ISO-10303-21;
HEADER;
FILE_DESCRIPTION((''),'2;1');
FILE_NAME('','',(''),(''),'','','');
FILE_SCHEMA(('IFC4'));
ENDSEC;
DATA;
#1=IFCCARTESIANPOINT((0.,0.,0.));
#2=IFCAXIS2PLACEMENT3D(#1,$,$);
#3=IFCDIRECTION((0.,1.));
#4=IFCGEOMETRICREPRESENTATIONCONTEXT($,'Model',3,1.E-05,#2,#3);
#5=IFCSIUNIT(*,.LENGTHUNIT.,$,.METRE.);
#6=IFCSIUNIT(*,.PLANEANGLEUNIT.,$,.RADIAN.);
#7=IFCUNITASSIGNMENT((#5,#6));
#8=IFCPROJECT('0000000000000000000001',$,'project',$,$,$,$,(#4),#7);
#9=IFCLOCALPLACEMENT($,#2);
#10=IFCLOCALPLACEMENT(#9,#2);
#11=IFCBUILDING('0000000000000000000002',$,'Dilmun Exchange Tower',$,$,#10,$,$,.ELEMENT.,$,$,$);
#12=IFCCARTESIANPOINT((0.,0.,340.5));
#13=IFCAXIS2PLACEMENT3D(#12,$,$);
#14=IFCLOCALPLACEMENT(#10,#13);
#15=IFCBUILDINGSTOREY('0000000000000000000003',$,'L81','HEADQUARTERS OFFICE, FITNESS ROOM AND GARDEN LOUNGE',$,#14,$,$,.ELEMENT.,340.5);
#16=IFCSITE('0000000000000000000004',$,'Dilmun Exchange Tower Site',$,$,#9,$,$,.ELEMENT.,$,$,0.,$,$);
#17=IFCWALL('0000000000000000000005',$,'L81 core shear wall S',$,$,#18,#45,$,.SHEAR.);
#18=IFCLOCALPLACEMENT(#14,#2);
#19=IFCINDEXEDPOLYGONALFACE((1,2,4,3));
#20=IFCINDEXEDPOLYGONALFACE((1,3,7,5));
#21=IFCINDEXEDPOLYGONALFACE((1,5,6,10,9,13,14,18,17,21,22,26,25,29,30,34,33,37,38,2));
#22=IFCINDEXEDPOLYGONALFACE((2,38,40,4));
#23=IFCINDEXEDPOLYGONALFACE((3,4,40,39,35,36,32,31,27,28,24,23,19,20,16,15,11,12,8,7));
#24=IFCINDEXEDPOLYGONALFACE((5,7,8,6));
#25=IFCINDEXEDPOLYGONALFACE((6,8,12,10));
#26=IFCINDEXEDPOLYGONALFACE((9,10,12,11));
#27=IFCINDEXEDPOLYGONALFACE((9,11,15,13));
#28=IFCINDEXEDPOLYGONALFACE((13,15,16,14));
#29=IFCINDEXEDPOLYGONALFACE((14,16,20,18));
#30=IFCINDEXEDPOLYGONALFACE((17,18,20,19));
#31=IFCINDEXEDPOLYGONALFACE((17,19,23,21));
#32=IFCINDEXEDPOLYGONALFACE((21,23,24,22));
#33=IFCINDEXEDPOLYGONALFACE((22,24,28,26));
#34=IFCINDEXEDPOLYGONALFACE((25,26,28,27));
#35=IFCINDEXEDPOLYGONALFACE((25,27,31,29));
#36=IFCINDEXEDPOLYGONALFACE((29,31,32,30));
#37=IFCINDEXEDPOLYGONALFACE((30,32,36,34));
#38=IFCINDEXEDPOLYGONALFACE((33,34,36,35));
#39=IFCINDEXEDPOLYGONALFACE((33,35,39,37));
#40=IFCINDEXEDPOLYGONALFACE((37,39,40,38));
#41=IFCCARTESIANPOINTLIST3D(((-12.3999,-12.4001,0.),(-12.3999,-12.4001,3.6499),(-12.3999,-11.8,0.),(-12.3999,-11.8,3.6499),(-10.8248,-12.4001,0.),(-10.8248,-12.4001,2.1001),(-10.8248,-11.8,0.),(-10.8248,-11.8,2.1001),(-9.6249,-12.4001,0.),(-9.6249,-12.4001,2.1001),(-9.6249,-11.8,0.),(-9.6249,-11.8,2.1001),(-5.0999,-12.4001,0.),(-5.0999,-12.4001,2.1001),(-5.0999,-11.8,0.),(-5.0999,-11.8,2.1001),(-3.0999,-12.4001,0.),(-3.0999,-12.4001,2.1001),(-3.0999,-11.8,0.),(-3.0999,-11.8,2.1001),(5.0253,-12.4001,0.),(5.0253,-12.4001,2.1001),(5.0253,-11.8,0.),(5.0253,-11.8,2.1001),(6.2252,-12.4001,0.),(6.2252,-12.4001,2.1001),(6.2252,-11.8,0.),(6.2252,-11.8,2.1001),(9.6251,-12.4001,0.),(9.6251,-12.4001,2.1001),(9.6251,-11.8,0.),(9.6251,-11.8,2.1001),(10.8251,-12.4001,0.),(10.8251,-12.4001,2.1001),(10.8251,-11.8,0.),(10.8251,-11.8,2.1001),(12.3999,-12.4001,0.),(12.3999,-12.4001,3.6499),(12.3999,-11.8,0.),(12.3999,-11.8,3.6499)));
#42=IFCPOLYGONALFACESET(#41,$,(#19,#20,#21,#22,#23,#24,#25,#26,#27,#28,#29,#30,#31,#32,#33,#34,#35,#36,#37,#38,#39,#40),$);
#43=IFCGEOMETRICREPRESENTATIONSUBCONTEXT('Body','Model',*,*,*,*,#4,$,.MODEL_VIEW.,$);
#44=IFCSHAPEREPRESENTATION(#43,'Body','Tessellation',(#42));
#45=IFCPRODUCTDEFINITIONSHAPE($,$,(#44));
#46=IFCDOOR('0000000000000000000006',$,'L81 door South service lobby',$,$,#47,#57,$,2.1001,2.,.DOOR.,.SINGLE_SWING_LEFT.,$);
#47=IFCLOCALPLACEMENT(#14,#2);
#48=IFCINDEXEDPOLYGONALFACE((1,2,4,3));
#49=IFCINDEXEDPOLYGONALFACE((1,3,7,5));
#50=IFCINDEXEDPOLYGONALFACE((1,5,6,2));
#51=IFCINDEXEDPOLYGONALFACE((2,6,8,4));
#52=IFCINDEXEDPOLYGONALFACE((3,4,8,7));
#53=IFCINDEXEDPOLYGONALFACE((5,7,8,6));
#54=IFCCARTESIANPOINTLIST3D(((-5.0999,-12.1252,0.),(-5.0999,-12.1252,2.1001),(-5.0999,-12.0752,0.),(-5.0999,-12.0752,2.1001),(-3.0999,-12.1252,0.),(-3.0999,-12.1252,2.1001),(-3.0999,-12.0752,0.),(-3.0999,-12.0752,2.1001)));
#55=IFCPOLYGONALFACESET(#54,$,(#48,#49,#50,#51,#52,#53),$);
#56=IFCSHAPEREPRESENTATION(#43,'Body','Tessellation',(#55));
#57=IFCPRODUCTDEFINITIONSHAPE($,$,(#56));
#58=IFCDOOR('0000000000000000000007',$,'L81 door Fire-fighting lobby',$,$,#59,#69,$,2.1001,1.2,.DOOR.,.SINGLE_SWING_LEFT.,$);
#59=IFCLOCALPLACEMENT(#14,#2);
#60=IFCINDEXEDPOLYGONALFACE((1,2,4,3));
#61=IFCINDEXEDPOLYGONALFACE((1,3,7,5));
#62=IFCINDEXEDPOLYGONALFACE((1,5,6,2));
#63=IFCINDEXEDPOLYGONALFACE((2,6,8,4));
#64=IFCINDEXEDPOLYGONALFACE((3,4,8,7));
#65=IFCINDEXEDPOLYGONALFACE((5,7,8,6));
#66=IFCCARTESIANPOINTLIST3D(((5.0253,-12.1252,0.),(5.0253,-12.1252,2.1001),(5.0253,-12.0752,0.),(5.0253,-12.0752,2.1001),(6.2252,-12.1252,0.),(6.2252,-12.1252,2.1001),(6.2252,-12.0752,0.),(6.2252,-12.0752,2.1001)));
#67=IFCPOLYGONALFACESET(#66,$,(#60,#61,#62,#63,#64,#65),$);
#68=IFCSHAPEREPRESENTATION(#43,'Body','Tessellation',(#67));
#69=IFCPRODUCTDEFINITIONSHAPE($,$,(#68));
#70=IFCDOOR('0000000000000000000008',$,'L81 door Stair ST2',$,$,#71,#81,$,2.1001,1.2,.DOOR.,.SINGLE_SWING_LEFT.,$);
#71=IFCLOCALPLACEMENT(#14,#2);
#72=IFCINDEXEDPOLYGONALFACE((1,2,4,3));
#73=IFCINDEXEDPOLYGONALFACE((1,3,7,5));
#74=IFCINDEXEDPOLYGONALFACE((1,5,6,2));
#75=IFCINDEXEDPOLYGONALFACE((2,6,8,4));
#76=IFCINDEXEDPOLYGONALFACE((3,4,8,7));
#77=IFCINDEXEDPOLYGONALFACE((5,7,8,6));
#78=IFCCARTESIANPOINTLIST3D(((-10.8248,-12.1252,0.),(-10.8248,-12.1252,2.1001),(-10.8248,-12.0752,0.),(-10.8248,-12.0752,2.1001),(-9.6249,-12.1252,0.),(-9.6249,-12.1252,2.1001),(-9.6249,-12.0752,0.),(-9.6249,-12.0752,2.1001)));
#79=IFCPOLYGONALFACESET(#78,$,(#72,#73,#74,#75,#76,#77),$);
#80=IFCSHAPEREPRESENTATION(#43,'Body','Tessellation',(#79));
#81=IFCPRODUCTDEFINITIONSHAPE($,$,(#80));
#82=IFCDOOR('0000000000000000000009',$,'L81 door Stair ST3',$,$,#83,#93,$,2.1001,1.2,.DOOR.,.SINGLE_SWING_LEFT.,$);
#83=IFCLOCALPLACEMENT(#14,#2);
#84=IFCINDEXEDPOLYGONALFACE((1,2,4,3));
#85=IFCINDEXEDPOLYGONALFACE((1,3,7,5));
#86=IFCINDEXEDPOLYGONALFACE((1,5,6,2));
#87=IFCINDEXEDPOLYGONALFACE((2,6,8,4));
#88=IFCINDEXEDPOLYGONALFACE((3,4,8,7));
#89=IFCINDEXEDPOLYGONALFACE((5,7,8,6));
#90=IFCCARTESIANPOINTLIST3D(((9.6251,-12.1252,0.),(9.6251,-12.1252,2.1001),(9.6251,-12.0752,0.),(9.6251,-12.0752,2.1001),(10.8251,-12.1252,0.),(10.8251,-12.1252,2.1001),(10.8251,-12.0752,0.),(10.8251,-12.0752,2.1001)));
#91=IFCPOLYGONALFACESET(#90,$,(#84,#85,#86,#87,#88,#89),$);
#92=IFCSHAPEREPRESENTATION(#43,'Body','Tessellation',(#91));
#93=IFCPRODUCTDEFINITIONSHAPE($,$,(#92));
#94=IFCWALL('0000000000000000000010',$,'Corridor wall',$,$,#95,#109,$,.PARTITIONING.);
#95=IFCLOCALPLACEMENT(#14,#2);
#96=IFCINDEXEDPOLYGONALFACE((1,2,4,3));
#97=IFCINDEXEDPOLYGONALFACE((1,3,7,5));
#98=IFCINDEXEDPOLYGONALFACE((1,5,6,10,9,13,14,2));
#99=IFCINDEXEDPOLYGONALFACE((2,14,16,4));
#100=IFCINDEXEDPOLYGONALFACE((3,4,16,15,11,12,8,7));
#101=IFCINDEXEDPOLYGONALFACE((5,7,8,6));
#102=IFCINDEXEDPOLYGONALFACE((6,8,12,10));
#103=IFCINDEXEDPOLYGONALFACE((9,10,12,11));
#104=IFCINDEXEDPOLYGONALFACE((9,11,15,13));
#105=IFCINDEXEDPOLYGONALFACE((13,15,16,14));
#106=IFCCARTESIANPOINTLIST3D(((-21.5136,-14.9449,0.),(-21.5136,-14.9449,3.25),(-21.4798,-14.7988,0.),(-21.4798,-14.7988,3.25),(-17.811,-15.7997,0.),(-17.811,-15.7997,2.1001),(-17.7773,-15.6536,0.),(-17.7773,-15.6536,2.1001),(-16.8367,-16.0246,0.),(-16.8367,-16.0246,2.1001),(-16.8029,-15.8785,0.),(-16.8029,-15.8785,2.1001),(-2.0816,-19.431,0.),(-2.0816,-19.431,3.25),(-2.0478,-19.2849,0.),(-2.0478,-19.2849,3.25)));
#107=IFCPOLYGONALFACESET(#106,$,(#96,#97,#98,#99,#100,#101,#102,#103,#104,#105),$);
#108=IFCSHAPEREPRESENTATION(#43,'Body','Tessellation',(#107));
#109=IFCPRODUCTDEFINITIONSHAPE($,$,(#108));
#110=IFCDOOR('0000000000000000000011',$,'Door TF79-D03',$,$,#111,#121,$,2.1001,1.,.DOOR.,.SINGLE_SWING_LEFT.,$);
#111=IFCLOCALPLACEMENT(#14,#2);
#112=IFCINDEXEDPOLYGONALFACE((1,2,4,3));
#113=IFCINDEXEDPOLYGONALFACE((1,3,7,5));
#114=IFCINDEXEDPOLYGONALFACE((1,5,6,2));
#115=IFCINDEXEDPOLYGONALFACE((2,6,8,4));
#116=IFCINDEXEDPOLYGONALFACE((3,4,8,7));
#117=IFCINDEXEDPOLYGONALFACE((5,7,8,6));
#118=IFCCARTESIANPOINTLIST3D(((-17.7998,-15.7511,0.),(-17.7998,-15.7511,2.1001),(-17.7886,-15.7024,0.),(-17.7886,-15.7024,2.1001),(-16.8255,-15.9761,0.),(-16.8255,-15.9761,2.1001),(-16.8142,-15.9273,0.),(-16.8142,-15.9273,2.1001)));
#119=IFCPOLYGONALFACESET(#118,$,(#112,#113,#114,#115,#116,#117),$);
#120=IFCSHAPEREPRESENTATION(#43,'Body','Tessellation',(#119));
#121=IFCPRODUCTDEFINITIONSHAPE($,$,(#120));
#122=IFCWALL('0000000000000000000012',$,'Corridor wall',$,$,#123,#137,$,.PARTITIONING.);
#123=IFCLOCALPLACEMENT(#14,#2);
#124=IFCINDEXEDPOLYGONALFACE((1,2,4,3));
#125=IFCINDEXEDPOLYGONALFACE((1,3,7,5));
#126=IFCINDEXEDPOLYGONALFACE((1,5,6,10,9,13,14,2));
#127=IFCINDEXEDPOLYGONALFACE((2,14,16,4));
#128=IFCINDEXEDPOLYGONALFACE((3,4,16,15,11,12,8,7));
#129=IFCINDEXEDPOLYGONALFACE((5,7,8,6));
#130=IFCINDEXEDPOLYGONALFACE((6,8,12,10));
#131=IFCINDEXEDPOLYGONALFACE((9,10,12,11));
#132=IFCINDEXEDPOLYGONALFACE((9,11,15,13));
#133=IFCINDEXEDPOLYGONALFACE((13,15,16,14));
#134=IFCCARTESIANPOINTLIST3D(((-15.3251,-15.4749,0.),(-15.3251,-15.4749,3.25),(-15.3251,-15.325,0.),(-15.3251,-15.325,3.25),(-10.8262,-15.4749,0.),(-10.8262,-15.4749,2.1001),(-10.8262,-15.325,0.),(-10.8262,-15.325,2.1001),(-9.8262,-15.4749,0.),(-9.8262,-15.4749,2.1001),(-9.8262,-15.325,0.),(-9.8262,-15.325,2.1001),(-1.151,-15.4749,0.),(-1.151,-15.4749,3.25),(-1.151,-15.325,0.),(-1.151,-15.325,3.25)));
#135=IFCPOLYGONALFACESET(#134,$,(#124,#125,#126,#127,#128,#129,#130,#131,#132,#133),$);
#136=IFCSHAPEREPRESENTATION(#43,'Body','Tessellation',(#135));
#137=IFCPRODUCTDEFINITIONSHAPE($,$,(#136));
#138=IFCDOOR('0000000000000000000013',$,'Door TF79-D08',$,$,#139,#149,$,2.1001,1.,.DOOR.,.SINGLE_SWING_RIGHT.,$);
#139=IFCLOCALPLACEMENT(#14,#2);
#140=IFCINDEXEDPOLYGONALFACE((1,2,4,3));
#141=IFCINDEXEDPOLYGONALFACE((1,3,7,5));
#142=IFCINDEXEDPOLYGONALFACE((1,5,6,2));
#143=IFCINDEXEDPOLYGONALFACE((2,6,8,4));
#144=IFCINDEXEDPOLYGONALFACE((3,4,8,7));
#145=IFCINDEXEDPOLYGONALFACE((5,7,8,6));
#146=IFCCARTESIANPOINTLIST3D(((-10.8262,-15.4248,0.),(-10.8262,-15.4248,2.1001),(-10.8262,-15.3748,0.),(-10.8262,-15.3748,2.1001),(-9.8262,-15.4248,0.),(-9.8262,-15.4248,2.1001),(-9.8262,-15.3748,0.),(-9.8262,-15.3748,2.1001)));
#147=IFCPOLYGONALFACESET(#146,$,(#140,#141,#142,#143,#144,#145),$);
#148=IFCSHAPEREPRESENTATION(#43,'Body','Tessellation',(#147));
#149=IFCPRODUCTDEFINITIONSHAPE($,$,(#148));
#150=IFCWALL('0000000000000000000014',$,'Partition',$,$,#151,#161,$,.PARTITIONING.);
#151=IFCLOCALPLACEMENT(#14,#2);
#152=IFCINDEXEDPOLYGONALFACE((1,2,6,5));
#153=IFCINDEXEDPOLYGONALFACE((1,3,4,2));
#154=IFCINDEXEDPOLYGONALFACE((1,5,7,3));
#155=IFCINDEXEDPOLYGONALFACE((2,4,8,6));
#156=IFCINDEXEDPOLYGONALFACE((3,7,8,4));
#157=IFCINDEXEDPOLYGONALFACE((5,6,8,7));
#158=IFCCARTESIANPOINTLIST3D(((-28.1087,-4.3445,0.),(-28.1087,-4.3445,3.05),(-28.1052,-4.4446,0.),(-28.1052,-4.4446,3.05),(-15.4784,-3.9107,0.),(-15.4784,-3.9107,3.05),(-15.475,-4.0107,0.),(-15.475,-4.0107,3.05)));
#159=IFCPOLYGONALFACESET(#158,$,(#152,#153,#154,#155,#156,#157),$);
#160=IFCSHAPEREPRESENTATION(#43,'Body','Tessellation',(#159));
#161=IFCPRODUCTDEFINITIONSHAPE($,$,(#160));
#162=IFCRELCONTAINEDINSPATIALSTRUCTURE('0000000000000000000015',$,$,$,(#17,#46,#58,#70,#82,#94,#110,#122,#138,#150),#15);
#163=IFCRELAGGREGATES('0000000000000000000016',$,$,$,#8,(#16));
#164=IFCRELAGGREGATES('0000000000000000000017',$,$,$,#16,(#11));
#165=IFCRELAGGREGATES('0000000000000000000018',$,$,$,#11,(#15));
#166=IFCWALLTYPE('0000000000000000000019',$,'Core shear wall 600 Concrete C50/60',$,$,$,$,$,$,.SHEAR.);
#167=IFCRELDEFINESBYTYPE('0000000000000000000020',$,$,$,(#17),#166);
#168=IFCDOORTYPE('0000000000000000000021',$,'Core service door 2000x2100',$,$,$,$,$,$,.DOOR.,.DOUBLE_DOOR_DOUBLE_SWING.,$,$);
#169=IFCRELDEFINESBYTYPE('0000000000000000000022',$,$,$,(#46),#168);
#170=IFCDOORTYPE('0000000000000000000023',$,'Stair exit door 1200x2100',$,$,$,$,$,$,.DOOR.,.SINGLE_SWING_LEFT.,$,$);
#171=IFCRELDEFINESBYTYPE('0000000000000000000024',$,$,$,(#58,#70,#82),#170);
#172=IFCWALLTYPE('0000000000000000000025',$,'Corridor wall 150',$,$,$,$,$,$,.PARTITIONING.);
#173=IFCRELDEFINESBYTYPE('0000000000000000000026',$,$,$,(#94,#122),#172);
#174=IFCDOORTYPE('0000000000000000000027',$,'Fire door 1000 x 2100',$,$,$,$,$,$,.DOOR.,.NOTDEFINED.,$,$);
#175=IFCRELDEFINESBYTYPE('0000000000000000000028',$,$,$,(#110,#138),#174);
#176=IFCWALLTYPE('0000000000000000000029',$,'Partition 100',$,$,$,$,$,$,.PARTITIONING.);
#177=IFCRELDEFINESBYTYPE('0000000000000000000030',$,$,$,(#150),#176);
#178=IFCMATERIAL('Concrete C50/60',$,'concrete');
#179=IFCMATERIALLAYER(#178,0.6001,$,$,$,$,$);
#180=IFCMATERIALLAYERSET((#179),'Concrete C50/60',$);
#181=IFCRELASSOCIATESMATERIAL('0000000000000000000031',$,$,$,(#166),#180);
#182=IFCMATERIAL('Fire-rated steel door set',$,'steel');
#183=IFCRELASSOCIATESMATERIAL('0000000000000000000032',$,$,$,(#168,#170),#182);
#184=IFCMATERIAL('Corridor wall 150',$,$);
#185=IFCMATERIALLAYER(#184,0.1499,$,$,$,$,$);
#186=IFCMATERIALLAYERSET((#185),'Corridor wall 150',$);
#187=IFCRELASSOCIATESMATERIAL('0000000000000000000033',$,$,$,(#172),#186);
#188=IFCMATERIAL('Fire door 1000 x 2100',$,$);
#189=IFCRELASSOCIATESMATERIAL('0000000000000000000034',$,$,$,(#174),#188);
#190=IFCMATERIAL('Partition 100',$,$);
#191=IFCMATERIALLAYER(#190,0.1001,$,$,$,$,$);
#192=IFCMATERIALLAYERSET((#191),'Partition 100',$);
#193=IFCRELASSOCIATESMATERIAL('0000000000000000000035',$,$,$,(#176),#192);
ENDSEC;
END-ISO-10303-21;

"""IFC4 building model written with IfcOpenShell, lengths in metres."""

from ifc_helpers import new_model, si_unit, direction, frame, frame_2d, origin, place, context, subcontext, project, spatial, rectangle, extrude, material, layer, layer_set, type_object, element, fill, save


model = new_model("IFC4")

# Units and contexts
model_context = context("Model", 3, precision=1e-05, world=origin(), true_north=direction((0.0, 1.0)))
body_context = subcontext(model_context, "Body", "Model", "MODEL_VIEW")
ifc_project = project(units=[si_unit("LENGTHUNIT", "METRE"), si_unit("PLANEANGLEUNIT", "RADIAN")], contexts=[model_context])

# Site, building, storey
site_placement = place(None, origin())
site = spatial("IfcSite", under=ifc_project, at=site_placement, Name="Dilmun Exchange Tower Site", CompositionType="ELEMENT", RefElevation=0.0)
building_placement = place(site_placement, origin())
building = spatial("IfcBuilding", under=site, at=building_placement, Name="Dilmun Exchange Tower", CompositionType="ELEMENT")
storey_placement = place(building_placement, frame((0.0, 0.0, 340.5)))
storey = spatial("IfcBuildingStorey", under=building, at=storey_placement, Name="L81", Description="HEADQUARTERS OFFICE, FITNESS ROOM AND GARDEN LOUNGE", CompositionType="ELEMENT", Elevation=340.5)

# Shared definitions
ifc_material_1 = material(Name="Concrete C50/60", Category="concrete")

# Wall, openings, doors
ifc_material_2 = material(Name="Fire-rated steel door set", Category="steel")
ifc_layer_1 = layer(ifc_material_1, 0.6001)
ifc_layer_set_1 = layer_set([ifc_layer_1], Name="Concrete C50/60")
wall_type_1 = type_object("IfcWallType", Name="Core shear wall 600 Concrete C50/60", PredefinedType="SHEAR", material=ifc_layer_set_1)
wall_1_placement = place(storey_placement, frame((-12.3999, -12.1001, 0.0), z_axis=(0.0, 0.0, 1.0), x_axis=(1.0, 0.0, 0.0)))
wall_1 = element("IfcWall", 1, at=wall_1_placement, inside=storey, type_object=wall_type_1, Name="L81 core shear wall S", PredefinedType="SHEAR", context=body_context, shape_type="SweptSolid", body=[
    extrude(rectangle(XDim=24.7998, YDim=0.6001, at=frame_2d((12.3999, 0.0))), origin(), (0.0, 0.0, 1.0), 3.6499),
])
opening_1_placement = place(wall_1_placement, frame((7.3, 0.0, 0.0)))
opening_1 = element("IfcOpeningElement", 2, at=opening_1_placement, cuts=wall_1, PredefinedType="OPENING", context=body_context, shape_type="SweptSolid", body=[
    extrude(rectangle(XDim=2.0, YDim=2.1001, at=frame_2d((1.0, 1.05))), frame((0.0, 0.3101, 0.0), z_axis=(0.0, -1.0, 0.0), x_axis=(1.0, 0.0, 0.0)), (0.0, 0.0, 1.0), 0.6201),
])
opening_2_placement = place(wall_1_placement, frame((17.425, 0.0, 0.0)))
opening_2 = element("IfcOpeningElement", 3, at=opening_2_placement, cuts=wall_1, PredefinedType="OPENING", context=body_context, shape_type="SweptSolid", body=[
    extrude(rectangle(XDim=1.2, YDim=2.1001, at=frame_2d((0.6001, 1.05))), frame((0.0, 0.3101, 0.0), z_axis=(0.0, -1.0, 0.0), x_axis=(1.0, 0.0, 0.0)), (0.0, 0.0, 1.0), 0.6201),
])
opening_3_placement = place(wall_1_placement, frame((1.575, 0.0, 0.0)))
opening_3 = element("IfcOpeningElement", 4, at=opening_3_placement, cuts=wall_1, PredefinedType="OPENING", context=body_context, shape_type="SweptSolid", body=[
    extrude(rectangle(XDim=1.2, YDim=2.1001, at=frame_2d((0.6001, 1.05))), frame((0.0, 0.3101, 0.0), z_axis=(0.0, -1.0, 0.0), x_axis=(1.0, 0.0, 0.0)), (0.0, 0.0, 1.0), 0.6201),
])
opening_4_placement = place(wall_1_placement, frame((22.0249, 0.0, 0.0)))
opening_4 = element("IfcOpeningElement", 5, at=opening_4_placement, cuts=wall_1, PredefinedType="OPENING", context=body_context, shape_type="SweptSolid", body=[
    extrude(rectangle(XDim=1.2, YDim=2.1001, at=frame_2d((0.6001, 1.05))), frame((0.0, 0.3101, 0.0), z_axis=(0.0, -1.0, 0.0), x_axis=(1.0, 0.0, 0.0)), (0.0, 0.0, 1.0), 0.6201),
])
door_type_1 = type_object("IfcDoorType", Name="Core service door 2000x2100", OperationType="DOUBLE_DOOR_DOUBLE_SWING", PredefinedType="DOOR", material=ifc_material_2)
door_1_placement = place(opening_1_placement, origin())
door_1 = element("IfcDoor", 6, at=door_1_placement, inside=storey, type_object=door_type_1, Name="L81 door South service lobby", OperationType="SINGLE_SWING_LEFT", OverallHeight=2.1001, OverallWidth=2.0, PredefinedType="DOOR", context=body_context, shape_type="SweptSolid", body=[
    extrude(rectangle(XDim=2.0, YDim=2.1001, at=frame_2d((1.0, 1.05))), frame((0.0, 0.0249, 0.0), z_axis=(0.0, -1.0, 0.0), x_axis=(1.0, 0.0, 0.0)), (0.0, 0.0, 1.0), 0.05),
])
fill(opening_1, door_1)
door_type_2 = type_object("IfcDoorType", Name="Stair exit door 1200x2100", OperationType="SINGLE_SWING_LEFT", PredefinedType="DOOR", material=ifc_material_2)
door_2_placement = place(opening_2_placement, origin())
door_2 = element("IfcDoor", 7, at=door_2_placement, inside=storey, type_object=door_type_2, Name="L81 door Fire-fighting lobby", OperationType="SINGLE_SWING_LEFT", OverallHeight=2.1001, OverallWidth=1.2, PredefinedType="DOOR", context=body_context, shape_type="SweptSolid", body=[
    extrude(rectangle(XDim=1.2, YDim=2.1001, at=frame_2d((0.6001, 1.05))), frame((0.0, 0.0249, 0.0), z_axis=(0.0, -1.0, 0.0), x_axis=(1.0, 0.0, 0.0)), (0.0, 0.0, 1.0), 0.05),
])
fill(opening_2, door_2)
door_3_placement = place(opening_3_placement, origin())
door_3 = element("IfcDoor", 8, at=door_3_placement, inside=storey, type_object=door_type_2, Name="L81 door Stair ST2", OperationType="SINGLE_SWING_LEFT", OverallHeight=2.1001, OverallWidth=1.2, PredefinedType="DOOR", context=body_context, shape_type="SweptSolid", body=[
    extrude(rectangle(XDim=1.2, YDim=2.1001, at=frame_2d((0.6001, 1.05))), frame((0.0, 0.0249, 0.0), z_axis=(0.0, -1.0, 0.0), x_axis=(1.0, 0.0, 0.0)), (0.0, 0.0, 1.0), 0.05),
])
fill(opening_3, door_3)
door_4_placement = place(opening_4_placement, origin())
door_4 = element("IfcDoor", 9, at=door_4_placement, inside=storey, type_object=door_type_2, Name="L81 door Stair ST3", OperationType="SINGLE_SWING_LEFT", OverallHeight=2.1001, OverallWidth=1.2, PredefinedType="DOOR", context=body_context, shape_type="SweptSolid", body=[
    extrude(rectangle(XDim=1.2, YDim=2.1001, at=frame_2d((0.6001, 1.05))), frame((0.0, 0.0249, 0.0), z_axis=(0.0, -1.0, 0.0), x_axis=(1.0, 0.0, 0.0)), (0.0, 0.0, 1.0), 0.05),
])
fill(opening_4, door_4)

# Walls, openings, doors
ifc_material_3 = material(Name="Corridor wall 150")
ifc_layer_2 = layer(ifc_material_3, 0.1499)
ifc_layer_set_2 = layer_set([ifc_layer_2], Name="Corridor wall 150")
wall_type_2 = type_object("IfcWallType", Name="Corridor wall 150", PredefinedType="PARTITIONING", material=ifc_layer_set_2)
wall_2_placement = place(storey_placement, frame((-21.4968, -14.8718, 0.0), z_axis=(0.0, 0.0, 1.0), x_axis=(0.974371, -0.224945, 0.0)))
wall_2 = element("IfcWall", 10, at=wall_2_placement, inside=storey, type_object=wall_type_2, Name="Corridor wall", PredefinedType="PARTITIONING", context=body_context, shape_type="SweptSolid", body=[
    extrude(rectangle(XDim=19.9431, YDim=0.1499, at=frame_2d((9.9717, 0.0))), origin(), (0.0, 0.0, 1.0), 3.25),
])
opening_5_placement = place(wall_2_placement, frame((3.8, 0.0, 0.0)))
opening_5 = element("IfcOpeningElement", 11, at=opening_5_placement, cuts=wall_2, PredefinedType="OPENING", context=body_context, shape_type="SweptSolid", body=[
    extrude(rectangle(XDim=1.0, YDim=2.1001, at=frame_2d((0.5, 1.05))), frame((0.0, 0.085, 0.0), z_axis=(0.0, -1.0, 0.0), x_axis=(1.0, 0.0, 0.0)), (0.0, 0.0, 1.0), 0.1699),
])
ifc_material_4 = material(Name="Fire door 1000 x 2100")
door_type_3 = type_object("IfcDoorType", Name="Fire door 1000 x 2100", OperationType="NOTDEFINED", PredefinedType="DOOR", material=ifc_material_4)
door_5_placement = place(opening_5_placement, origin())
door_5 = element("IfcDoor", 12, at=door_5_placement, inside=storey, type_object=door_type_3, Name="Door TF79-D03", OperationType="SINGLE_SWING_LEFT", OverallHeight=2.1001, OverallWidth=1.0, PredefinedType="DOOR", context=body_context, shape_type="SweptSolid", body=[
    extrude(rectangle(XDim=1.0, YDim=2.1001, at=frame_2d((0.5, 1.05))), frame((0.0, 0.0249, 0.0), z_axis=(0.0, -1.0, 0.0), x_axis=(1.0, 0.0, 0.0)), (0.0, 0.0, 1.0), 0.05),
])
fill(opening_5, door_5)
wall_3_placement = place(storey_placement, frame((-15.325, -15.3999, 0.0), z_axis=(0.0, 0.0, 1.0), x_axis=(1.0, 0.0, 0.0)))
wall_3 = element("IfcWall", 13, at=wall_3_placement, inside=storey, type_object=wall_type_2, Name="Corridor wall", PredefinedType="PARTITIONING", context=body_context, shape_type="SweptSolid", body=[
    extrude(rectangle(XDim=14.1741, YDim=0.1499, at=frame_2d((7.0869, 0.0))), origin(), (0.0, 0.0, 1.0), 3.25),
])
opening_6_placement = place(wall_3_placement, frame((4.4988, 0.0, 0.0)))
opening_6 = element("IfcOpeningElement", 14, at=opening_6_placement, cuts=wall_3, PredefinedType="OPENING", context=body_context, shape_type="SweptSolid", body=[
    extrude(rectangle(XDim=1.0, YDim=2.1001, at=frame_2d((0.5, 1.05))), frame((0.0, 0.085, 0.0), z_axis=(0.0, -1.0, 0.0), x_axis=(1.0, 0.0, 0.0)), (0.0, 0.0, 1.0), 0.1699),
])
door_6_placement = place(opening_6_placement, frame((1.0, 0.0, 0.0), z_axis=(0.0, 0.0, 1.0), x_axis=(-1.0, 0.0, 0.0)))
door_6 = element("IfcDoor", 15, at=door_6_placement, inside=storey, type_object=door_type_3, Name="Door TF79-D08", OperationType="SINGLE_SWING_RIGHT", OverallHeight=2.1001, OverallWidth=1.0, PredefinedType="DOOR", context=body_context, shape_type="SweptSolid", body=[
    extrude(rectangle(XDim=1.0, YDim=2.1001, at=frame_2d((0.5, 1.05))), frame((0.0, 0.0249, 0.0), z_axis=(0.0, -1.0, 0.0), x_axis=(1.0, 0.0, 0.0)), (0.0, 0.0, 1.0), 0.05),
])
fill(opening_6, door_6)

# Wall
ifc_material_5 = material(Name="Partition 100")
ifc_layer_3 = layer(ifc_material_5, 0.1001)
ifc_layer_set_3 = layer_set([ifc_layer_3], Name="Partition 100")
wall_type_3 = type_object("IfcWallType", Name="Partition 100", PredefinedType="PARTITIONING", material=ifc_layer_set_3)
wall_4_placement = place(storey_placement, frame((-28.1069, -4.3945, 0.0), z_axis=(0.0, 0.0, 1.0), x_axis=(0.999411, 0.034329, 0.0)))
element("IfcWall", 16, at=wall_4_placement, inside=storey, type_object=wall_type_3, Name="Partition", PredefinedType="PARTITIONING", context=body_context, shape_type="SweptSolid", body=[
    extrude(rectangle(XDim=12.6377, YDim=0.1001, at=frame_2d((6.3188, 0.0))), origin(), (0.0, 0.0, 1.0), 3.05),
])

save(model, "model.ifc")
